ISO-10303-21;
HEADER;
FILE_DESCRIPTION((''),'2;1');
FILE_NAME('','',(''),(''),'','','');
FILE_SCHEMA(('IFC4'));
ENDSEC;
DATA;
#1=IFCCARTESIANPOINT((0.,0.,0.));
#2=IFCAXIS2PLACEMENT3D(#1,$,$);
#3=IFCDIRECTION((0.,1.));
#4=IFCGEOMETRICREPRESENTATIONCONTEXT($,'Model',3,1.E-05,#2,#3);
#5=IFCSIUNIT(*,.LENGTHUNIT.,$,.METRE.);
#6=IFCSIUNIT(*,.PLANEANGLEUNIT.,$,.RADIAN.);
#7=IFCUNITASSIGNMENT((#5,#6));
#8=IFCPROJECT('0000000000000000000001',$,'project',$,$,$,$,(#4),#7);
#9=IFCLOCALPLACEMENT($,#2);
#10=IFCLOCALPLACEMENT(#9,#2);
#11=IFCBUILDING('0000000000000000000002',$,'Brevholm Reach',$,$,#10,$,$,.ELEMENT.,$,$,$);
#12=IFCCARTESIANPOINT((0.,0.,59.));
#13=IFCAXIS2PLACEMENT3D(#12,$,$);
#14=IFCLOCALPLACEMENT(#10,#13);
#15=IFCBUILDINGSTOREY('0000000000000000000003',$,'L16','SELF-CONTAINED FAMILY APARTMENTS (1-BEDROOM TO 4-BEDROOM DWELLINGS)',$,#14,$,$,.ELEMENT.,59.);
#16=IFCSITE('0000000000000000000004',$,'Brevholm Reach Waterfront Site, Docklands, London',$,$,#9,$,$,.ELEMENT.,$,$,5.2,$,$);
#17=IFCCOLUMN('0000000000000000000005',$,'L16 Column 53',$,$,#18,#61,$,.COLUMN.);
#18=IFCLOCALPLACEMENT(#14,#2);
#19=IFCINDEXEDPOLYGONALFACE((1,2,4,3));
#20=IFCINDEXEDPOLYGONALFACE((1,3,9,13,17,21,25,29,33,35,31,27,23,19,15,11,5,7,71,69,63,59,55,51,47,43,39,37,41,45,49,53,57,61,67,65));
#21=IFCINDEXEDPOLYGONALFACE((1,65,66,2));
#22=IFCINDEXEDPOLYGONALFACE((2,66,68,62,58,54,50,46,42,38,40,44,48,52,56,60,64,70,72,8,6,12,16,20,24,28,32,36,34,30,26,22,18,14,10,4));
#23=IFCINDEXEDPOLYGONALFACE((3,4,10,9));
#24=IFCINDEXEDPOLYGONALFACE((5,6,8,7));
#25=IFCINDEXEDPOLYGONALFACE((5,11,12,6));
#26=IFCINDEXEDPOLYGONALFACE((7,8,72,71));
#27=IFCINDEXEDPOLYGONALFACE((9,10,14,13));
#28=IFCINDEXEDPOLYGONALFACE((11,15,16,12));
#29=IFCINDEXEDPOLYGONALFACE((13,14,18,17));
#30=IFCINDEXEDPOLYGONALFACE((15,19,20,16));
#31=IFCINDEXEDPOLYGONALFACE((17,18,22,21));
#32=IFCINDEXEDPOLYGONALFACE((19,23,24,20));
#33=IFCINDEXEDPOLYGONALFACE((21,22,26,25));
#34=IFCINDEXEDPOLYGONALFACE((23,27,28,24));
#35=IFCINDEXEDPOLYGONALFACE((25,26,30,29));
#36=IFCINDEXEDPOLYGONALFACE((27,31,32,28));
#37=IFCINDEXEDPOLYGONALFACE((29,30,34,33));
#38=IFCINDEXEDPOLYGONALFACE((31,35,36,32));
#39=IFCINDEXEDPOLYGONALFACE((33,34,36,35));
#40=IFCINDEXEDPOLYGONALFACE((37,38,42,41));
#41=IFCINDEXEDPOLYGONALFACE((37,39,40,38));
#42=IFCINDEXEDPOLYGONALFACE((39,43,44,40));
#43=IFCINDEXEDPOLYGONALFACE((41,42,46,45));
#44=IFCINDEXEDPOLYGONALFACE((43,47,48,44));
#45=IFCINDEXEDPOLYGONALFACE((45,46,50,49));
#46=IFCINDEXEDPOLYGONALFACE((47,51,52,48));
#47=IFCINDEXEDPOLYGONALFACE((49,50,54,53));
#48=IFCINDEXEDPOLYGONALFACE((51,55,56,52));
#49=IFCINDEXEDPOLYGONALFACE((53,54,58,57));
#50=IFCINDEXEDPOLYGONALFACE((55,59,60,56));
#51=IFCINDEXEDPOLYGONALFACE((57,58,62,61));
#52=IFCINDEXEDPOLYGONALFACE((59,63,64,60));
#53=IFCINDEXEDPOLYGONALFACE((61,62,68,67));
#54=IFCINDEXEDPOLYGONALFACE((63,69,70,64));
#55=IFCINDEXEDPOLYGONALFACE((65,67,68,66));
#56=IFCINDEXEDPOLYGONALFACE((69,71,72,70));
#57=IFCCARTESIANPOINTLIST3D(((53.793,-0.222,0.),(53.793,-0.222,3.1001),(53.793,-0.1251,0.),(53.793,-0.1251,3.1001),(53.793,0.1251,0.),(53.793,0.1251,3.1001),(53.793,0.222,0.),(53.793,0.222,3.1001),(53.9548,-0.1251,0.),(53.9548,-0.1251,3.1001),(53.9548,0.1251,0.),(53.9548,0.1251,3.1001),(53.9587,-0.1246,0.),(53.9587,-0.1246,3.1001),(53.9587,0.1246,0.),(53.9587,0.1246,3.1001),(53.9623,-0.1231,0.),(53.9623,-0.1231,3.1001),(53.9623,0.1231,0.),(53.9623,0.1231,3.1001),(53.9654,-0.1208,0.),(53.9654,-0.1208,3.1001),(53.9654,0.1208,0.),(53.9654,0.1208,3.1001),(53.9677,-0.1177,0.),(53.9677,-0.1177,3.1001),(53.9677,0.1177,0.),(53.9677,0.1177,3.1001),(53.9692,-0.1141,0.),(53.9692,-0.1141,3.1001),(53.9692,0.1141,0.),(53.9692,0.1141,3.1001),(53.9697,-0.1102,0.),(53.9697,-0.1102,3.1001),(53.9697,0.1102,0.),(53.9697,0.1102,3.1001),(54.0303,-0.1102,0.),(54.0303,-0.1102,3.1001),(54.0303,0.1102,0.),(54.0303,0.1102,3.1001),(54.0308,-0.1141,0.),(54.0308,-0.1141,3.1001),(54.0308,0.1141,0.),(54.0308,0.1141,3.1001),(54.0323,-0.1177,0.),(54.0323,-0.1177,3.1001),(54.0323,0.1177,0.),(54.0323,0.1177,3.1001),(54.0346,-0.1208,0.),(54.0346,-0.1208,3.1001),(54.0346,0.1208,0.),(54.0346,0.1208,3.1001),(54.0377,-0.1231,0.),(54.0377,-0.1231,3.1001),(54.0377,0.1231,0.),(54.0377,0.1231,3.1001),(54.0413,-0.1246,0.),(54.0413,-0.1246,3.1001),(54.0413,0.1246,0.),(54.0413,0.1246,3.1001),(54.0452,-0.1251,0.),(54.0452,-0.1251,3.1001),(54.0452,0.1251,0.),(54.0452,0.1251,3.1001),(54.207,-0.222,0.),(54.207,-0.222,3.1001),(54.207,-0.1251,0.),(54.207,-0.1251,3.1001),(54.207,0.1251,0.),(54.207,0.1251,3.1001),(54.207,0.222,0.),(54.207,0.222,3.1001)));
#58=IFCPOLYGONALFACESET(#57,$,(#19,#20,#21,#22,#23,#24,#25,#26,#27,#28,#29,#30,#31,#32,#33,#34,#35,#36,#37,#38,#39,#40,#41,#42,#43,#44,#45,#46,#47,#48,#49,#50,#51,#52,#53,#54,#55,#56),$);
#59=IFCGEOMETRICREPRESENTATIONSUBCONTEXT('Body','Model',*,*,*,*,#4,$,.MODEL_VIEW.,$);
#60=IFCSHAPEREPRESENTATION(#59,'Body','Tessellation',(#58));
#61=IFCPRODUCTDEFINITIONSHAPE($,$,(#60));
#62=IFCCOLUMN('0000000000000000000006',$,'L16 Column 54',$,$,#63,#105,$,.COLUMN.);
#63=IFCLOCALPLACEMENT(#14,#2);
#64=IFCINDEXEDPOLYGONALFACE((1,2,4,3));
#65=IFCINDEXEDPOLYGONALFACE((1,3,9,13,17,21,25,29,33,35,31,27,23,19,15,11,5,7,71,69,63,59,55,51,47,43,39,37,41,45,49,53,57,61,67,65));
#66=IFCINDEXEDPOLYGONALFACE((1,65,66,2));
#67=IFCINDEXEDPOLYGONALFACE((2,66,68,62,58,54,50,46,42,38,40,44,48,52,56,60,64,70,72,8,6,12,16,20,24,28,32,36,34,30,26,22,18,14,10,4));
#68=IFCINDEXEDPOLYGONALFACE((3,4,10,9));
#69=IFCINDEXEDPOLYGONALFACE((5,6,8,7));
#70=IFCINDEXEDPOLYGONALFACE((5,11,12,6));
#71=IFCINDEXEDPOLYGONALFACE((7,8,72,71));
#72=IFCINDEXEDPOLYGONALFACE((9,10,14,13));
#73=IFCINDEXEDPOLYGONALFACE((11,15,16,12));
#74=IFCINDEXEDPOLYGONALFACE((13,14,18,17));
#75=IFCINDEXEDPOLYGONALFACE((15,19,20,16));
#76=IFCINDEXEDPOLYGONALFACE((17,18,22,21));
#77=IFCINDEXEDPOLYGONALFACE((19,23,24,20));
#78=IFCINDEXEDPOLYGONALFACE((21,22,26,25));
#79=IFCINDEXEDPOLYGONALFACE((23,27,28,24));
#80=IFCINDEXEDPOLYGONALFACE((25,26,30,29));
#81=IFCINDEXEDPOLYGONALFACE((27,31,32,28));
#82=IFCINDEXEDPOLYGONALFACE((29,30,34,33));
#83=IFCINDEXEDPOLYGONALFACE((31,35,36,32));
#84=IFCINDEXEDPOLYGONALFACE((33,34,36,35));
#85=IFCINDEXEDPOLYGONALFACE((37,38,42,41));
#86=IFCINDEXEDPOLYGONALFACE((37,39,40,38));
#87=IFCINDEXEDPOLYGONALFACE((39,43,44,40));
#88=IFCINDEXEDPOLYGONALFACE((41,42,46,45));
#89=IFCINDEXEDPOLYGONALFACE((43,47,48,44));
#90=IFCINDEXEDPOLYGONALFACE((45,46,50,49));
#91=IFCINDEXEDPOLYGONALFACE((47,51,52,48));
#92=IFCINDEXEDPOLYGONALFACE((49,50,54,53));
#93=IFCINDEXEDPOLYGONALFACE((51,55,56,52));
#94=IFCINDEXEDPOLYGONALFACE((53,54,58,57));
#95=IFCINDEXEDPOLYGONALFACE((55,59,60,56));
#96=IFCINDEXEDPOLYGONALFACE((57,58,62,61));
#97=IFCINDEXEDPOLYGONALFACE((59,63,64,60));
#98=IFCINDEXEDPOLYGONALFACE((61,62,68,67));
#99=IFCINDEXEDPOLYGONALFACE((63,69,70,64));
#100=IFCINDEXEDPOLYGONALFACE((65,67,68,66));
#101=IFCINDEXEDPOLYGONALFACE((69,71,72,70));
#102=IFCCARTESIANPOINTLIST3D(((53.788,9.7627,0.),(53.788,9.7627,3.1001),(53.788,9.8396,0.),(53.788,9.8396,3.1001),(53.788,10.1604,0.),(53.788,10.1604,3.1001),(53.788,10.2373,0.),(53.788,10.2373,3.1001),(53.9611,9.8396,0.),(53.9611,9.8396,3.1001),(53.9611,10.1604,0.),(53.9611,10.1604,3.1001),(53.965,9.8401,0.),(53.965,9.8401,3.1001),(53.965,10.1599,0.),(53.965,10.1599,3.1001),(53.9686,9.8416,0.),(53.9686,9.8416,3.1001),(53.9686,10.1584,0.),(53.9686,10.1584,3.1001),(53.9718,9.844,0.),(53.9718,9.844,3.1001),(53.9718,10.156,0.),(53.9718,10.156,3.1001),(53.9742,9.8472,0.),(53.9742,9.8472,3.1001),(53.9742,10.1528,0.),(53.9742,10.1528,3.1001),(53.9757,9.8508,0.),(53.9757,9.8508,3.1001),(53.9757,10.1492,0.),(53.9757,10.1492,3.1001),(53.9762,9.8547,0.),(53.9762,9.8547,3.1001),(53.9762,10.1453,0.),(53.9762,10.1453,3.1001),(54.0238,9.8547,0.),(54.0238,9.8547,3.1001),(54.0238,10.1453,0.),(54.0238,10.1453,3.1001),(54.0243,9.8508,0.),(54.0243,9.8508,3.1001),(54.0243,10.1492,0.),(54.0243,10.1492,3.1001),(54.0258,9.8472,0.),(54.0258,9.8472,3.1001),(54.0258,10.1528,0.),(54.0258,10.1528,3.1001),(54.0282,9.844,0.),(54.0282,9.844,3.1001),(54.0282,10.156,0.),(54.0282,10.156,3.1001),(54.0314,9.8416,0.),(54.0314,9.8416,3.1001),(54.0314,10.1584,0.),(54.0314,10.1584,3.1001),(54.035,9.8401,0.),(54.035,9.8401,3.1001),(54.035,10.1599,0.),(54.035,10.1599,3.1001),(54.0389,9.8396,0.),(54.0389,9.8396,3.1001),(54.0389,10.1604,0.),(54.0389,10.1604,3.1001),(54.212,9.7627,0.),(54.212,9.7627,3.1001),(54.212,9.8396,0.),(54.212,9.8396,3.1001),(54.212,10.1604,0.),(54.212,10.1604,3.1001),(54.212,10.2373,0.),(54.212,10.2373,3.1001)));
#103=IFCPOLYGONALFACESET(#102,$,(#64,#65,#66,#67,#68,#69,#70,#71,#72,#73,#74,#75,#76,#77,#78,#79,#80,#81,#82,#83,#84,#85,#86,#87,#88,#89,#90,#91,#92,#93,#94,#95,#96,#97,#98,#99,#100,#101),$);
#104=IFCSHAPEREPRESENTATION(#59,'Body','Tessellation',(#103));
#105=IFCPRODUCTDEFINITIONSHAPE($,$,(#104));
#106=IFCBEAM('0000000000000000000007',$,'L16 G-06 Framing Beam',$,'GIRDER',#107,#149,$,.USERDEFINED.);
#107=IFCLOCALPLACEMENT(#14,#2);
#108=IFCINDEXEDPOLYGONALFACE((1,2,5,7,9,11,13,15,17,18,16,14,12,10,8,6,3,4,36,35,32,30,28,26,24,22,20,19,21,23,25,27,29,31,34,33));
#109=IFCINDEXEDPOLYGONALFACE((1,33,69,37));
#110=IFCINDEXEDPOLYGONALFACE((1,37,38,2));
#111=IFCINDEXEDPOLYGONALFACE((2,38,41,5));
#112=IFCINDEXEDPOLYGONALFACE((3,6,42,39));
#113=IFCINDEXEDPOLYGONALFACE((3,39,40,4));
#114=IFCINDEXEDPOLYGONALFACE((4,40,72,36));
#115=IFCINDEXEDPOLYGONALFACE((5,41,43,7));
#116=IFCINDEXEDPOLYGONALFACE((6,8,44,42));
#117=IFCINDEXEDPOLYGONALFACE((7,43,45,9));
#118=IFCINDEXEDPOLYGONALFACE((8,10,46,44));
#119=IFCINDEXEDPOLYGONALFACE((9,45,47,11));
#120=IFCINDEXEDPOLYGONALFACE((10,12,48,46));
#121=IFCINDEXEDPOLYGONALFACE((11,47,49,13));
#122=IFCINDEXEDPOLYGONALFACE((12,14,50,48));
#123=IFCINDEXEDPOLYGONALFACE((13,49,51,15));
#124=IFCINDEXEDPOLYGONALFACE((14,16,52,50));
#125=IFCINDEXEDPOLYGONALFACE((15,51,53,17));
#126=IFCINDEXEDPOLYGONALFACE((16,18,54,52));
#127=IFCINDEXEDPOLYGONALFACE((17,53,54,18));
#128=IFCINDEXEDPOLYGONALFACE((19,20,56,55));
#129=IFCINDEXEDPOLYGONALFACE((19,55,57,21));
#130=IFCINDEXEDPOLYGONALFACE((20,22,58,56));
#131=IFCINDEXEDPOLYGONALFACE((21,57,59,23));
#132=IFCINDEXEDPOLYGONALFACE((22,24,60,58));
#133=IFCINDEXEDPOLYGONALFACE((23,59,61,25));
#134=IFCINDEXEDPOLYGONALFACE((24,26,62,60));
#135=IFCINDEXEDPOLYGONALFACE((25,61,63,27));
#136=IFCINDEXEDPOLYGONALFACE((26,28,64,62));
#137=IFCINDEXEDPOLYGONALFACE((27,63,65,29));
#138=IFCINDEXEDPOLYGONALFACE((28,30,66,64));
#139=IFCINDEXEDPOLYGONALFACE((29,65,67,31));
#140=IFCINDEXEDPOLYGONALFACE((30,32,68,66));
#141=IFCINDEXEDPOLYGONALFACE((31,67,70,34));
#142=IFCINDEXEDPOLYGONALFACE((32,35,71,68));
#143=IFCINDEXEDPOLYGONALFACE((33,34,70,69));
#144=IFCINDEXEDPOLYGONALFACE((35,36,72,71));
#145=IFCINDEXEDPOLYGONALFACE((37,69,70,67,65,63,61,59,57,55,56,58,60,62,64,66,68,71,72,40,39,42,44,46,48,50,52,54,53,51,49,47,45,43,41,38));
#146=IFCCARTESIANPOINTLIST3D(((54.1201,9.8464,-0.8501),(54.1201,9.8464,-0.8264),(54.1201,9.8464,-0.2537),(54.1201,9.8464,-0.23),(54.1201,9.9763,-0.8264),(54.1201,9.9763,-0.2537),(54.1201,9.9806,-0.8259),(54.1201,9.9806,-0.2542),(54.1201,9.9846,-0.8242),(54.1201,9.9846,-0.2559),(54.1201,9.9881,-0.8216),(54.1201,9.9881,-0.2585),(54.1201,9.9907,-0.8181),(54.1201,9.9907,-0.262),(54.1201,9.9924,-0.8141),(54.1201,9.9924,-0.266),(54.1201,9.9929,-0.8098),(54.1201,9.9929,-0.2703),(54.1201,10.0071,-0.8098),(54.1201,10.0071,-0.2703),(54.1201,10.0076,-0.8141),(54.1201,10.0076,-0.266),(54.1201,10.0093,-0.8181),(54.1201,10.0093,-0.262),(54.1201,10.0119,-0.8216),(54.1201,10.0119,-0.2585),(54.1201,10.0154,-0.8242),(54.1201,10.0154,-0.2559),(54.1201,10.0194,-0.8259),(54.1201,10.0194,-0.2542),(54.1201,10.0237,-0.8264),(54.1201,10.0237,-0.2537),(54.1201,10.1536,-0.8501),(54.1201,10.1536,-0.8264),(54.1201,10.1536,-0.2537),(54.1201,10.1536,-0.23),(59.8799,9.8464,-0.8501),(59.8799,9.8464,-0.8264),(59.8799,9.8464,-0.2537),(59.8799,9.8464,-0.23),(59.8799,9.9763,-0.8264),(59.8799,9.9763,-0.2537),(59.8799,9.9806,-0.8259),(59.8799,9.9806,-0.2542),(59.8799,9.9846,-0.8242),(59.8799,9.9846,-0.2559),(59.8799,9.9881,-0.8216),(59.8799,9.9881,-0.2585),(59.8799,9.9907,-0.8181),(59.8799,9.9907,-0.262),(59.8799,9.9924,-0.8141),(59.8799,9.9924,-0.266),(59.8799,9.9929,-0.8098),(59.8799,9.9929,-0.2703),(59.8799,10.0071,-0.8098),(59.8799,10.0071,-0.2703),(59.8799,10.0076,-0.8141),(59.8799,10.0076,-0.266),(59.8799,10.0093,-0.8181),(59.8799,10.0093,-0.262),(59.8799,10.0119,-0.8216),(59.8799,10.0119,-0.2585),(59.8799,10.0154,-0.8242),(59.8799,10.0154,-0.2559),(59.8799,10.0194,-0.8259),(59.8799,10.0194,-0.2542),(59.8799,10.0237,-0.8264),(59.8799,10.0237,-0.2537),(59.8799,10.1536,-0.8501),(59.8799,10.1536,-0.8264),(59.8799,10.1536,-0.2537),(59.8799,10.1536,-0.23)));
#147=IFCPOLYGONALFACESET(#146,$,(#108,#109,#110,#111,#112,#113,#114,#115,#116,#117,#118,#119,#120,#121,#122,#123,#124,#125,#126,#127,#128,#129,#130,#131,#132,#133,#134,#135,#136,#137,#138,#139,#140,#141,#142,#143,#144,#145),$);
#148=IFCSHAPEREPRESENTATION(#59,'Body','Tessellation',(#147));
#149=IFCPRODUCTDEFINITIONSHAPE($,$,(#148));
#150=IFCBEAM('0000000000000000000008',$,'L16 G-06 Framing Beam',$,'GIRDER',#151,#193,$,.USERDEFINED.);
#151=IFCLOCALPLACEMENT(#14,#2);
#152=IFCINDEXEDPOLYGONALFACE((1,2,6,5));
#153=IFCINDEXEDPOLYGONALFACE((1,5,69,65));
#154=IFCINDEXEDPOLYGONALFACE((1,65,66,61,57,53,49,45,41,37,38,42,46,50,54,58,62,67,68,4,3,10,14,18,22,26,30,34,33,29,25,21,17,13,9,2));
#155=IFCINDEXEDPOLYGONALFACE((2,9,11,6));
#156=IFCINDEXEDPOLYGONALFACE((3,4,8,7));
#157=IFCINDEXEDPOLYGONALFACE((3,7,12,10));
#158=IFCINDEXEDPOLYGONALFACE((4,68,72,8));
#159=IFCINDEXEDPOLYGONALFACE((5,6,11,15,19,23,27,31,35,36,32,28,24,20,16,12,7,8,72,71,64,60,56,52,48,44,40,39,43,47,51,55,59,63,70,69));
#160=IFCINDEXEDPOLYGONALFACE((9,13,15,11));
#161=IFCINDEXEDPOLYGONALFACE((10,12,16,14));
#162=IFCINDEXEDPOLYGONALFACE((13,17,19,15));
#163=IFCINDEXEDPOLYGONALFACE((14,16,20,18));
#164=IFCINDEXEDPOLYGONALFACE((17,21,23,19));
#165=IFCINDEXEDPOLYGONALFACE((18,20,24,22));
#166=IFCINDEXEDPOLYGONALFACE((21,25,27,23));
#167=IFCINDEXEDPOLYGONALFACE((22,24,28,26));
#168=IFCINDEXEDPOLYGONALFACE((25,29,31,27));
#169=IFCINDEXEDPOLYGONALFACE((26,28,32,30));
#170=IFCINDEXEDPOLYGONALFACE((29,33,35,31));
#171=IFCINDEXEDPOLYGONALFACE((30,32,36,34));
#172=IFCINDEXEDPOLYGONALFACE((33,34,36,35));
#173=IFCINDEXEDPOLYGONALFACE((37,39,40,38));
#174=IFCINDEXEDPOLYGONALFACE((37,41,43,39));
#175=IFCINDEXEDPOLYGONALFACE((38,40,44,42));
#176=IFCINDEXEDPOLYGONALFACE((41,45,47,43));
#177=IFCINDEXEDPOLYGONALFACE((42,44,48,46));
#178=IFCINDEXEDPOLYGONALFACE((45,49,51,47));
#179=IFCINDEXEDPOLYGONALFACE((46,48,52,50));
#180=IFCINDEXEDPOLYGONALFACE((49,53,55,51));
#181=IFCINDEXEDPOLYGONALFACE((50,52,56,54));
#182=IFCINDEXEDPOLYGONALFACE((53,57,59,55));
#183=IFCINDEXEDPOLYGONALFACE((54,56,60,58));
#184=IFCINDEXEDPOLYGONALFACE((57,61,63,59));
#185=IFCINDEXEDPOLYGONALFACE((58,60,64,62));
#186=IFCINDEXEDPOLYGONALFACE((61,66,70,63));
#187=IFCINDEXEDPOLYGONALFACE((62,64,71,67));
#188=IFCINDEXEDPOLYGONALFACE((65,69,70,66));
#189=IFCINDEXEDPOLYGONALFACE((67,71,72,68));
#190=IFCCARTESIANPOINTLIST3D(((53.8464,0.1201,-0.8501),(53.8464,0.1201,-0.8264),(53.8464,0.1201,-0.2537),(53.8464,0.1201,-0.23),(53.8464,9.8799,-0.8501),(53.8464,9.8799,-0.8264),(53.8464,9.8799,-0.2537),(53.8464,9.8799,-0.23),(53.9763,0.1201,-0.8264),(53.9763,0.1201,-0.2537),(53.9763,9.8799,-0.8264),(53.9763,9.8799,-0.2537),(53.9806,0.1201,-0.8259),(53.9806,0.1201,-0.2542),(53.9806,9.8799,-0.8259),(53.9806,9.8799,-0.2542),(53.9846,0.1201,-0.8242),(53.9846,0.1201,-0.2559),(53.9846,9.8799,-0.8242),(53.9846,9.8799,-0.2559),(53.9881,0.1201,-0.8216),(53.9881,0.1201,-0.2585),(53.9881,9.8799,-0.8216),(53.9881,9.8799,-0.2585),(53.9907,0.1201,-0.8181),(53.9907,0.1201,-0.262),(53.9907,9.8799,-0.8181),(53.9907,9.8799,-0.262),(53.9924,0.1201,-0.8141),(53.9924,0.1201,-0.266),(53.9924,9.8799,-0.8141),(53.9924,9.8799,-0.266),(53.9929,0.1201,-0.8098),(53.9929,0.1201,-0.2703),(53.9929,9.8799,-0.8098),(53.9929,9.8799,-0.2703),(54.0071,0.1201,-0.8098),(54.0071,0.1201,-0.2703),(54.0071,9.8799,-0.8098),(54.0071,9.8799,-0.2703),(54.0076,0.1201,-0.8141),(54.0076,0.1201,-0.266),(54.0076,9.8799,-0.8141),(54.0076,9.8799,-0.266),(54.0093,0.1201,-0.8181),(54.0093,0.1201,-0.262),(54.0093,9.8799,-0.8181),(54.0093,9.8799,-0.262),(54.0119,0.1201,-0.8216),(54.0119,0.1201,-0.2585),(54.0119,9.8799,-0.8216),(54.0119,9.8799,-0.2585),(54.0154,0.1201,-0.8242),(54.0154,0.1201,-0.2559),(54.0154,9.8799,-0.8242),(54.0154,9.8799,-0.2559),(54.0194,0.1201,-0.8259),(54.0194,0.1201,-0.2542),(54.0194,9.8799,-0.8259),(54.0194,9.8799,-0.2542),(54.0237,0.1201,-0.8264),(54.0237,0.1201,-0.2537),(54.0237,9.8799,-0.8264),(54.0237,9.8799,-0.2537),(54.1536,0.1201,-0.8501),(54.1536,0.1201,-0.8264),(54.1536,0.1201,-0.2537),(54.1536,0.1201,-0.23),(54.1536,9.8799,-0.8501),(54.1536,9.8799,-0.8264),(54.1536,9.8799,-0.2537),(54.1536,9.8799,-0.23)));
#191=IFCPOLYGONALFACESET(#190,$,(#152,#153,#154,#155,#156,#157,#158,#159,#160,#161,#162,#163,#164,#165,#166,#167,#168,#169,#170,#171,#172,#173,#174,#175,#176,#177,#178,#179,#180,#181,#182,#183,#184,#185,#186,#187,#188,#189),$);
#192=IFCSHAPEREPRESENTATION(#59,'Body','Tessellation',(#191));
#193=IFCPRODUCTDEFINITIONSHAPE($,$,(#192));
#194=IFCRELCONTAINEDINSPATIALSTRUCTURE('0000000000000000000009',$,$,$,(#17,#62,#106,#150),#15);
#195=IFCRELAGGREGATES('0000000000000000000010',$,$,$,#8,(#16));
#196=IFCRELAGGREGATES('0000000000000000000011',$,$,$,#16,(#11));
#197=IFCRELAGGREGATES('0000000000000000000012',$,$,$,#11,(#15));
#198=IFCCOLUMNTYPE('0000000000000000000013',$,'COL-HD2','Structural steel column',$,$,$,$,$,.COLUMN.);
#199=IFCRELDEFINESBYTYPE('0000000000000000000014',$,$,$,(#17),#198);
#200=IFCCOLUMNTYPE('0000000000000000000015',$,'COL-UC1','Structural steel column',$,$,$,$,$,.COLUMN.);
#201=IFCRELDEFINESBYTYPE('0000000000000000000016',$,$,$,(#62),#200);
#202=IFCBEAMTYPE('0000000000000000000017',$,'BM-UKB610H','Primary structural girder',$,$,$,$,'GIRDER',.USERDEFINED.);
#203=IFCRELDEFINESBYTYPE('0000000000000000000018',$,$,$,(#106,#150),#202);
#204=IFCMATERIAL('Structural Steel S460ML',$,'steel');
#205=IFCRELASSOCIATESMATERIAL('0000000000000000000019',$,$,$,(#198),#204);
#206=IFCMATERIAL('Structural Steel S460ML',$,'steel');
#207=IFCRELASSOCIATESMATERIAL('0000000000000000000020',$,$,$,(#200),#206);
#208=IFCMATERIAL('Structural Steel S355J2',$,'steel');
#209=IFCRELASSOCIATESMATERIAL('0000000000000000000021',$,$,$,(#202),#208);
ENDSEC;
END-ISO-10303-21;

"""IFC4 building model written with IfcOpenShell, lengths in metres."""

from ifc_helpers import new_model, si_unit, direction, frame, origin, origin_2d, place, context, subcontext, project, spatial, i_section, extrude, material, material_profile, profile_set, type_object, element, save


model = new_model("IFC4")

# Units and contexts
model_context = context("Model", 3, precision=1e-05, world=origin(), true_north=direction((0.0, 1.0)))
body_context = subcontext(model_context, "Body", "Model", "MODEL_VIEW")
ifc_project = project(units=[si_unit("LENGTHUNIT", "METRE"), si_unit("PLANEANGLEUNIT", "RADIAN")], contexts=[model_context])

# Site, building, storey
site_placement = place(None, origin())
site = spatial("IfcSite", under=ifc_project, at=site_placement, Name="Brevholm Reach Waterfront Site, Docklands, London", CompositionType="ELEMENT", RefElevation=5.2)
building_placement = place(site_placement, origin())
building = spatial("IfcBuilding", under=site, at=building_placement, Name="Brevholm Reach", CompositionType="ELEMENT")
storey_placement = place(building_placement, frame((0.0, 0.0, 59.0)))
storey = spatial("IfcBuildingStorey", under=building, at=storey_placement, Name="L16", Description="SELF-CONTAINED FAMILY APARTMENTS (1-BEDROOM TO 4-BEDROOM DWELLINGS)", CompositionType="ELEMENT", Elevation=59.0)

# Columns
ifc_material_1 = material(Name="Structural Steel S460ML", Category="steel")
ifc_material_profile_1 = material_profile(ifc_material_1, i_section(OverallWidth=0.4141, OverallDepth=0.4441, WebThickness=0.0605, FlangeThickness=0.0969, FilletRadius=0.0149, at=origin_2d()), Name="HD 400x818")
ifc_profile_set_1 = profile_set([ifc_material_profile_1], Name="Structural Steel S460ML")
column_type_1 = type_object("IfcColumnType", Name="COL-HD2", Description="Structural steel column", PredefinedType="COLUMN", material=ifc_profile_set_1)
column_1_placement = place(storey_placement, frame((54.0, 0.0, 0.0), z_axis=(0.0, 0.0, 1.0), x_axis=(1.0, 0.0, 0.0)))
element("IfcColumn", 1, at=column_1_placement, inside=storey, type_object=column_type_1, Name="L16 Column 53", PredefinedType="COLUMN", context=body_context, shape_type="SweptSolid", body=[
    extrude(i_section(OverallWidth=0.4141, OverallDepth=0.4441, WebThickness=0.0605, FlangeThickness=0.0969, FilletRadius=0.0149, at=origin_2d()), origin(), (0.0, 0.0, 1.0), 3.1001),
])
ifc_material_2 = material(Name="Structural Steel S460ML", Category="steel")
ifc_material_profile_2 = material_profile(ifc_material_2, i_section(OverallWidth=0.4241, OverallDepth=0.4746, WebThickness=0.0476, FlangeThickness=0.0769, FilletRadius=0.0151, at=origin_2d()), Name="UKC 356x406x634")
ifc_profile_set_2 = profile_set([ifc_material_profile_2], Name="Structural Steel S460ML")
column_type_2 = type_object("IfcColumnType", Name="COL-UC1", Description="Structural steel column", PredefinedType="COLUMN", material=ifc_profile_set_2)
column_2_placement = place(storey_placement, frame((54.0, 10.0, 0.0), z_axis=(0.0, 0.0, 1.0), x_axis=(1.0, 0.0, 0.0)))
element("IfcColumn", 2, at=column_2_placement, inside=storey, type_object=column_type_2, Name="L16 Column 54", PredefinedType="COLUMN", context=body_context, shape_type="SweptSolid", body=[
    extrude(i_section(OverallWidth=0.4241, OverallDepth=0.4746, WebThickness=0.0476, FlangeThickness=0.0769, FilletRadius=0.0151, at=origin_2d()), origin(), (0.0, 0.0, 1.0), 3.1001),
])

# Beams
ifc_material_3 = material(Name="Structural Steel S355J2", Category="steel")
ifc_material_profile_3 = material_profile(ifc_material_3, i_section(OverallWidth=0.3071, OverallDepth=0.6201, WebThickness=0.0142, FlangeThickness=0.0237, FilletRadius=0.0166, at=origin_2d()), Name="UKB 610x305x179")
ifc_profile_set_3 = profile_set([ifc_material_profile_3], Name="Structural Steel S355J2")
beam_type = type_object("IfcBeamType", Name="BM-UKB610H", Description="Primary structural girder", ElementType="GIRDER", PredefinedType="USERDEFINED", material=ifc_profile_set_3)
beam_1_placement = place(storey_placement, frame((54.1201, 10.0, -0.54), z_axis=(1.0, 0.0, 0.0), x_axis=(0.0, 1.0, 0.0)))
element("IfcBeam", 3, at=beam_1_placement, inside=storey, type_object=beam_type, Name="L16 G-06 Framing Beam", ObjectType="GIRDER", PredefinedType="USERDEFINED", context=body_context, shape_type="SweptSolid", body=[
    extrude(i_section(OverallWidth=0.3071, OverallDepth=0.6201, WebThickness=0.0142, FlangeThickness=0.0237, FilletRadius=0.0166, at=origin_2d()), origin(), (0.0, 0.0, 1.0), 5.7598),
])
beam_2_placement = place(storey_placement, frame((54.0, 0.1201, -0.54), z_axis=(0.0, 1.0, 0.0), x_axis=(-1.0, 0.0, 0.0)))
element("IfcBeam", 4, at=beam_2_placement, inside=storey, type_object=beam_type, Name="L16 G-06 Framing Beam", ObjectType="GIRDER", PredefinedType="USERDEFINED", context=body_context, shape_type="SweptSolid", body=[
    extrude(i_section(OverallWidth=0.3071, OverallDepth=0.6201, WebThickness=0.0142, FlangeThickness=0.0237, FilletRadius=0.0166, at=origin_2d()), origin(), (0.0, 0.0, 1.0), 9.7598),
])

save(model, "model.ifc")
